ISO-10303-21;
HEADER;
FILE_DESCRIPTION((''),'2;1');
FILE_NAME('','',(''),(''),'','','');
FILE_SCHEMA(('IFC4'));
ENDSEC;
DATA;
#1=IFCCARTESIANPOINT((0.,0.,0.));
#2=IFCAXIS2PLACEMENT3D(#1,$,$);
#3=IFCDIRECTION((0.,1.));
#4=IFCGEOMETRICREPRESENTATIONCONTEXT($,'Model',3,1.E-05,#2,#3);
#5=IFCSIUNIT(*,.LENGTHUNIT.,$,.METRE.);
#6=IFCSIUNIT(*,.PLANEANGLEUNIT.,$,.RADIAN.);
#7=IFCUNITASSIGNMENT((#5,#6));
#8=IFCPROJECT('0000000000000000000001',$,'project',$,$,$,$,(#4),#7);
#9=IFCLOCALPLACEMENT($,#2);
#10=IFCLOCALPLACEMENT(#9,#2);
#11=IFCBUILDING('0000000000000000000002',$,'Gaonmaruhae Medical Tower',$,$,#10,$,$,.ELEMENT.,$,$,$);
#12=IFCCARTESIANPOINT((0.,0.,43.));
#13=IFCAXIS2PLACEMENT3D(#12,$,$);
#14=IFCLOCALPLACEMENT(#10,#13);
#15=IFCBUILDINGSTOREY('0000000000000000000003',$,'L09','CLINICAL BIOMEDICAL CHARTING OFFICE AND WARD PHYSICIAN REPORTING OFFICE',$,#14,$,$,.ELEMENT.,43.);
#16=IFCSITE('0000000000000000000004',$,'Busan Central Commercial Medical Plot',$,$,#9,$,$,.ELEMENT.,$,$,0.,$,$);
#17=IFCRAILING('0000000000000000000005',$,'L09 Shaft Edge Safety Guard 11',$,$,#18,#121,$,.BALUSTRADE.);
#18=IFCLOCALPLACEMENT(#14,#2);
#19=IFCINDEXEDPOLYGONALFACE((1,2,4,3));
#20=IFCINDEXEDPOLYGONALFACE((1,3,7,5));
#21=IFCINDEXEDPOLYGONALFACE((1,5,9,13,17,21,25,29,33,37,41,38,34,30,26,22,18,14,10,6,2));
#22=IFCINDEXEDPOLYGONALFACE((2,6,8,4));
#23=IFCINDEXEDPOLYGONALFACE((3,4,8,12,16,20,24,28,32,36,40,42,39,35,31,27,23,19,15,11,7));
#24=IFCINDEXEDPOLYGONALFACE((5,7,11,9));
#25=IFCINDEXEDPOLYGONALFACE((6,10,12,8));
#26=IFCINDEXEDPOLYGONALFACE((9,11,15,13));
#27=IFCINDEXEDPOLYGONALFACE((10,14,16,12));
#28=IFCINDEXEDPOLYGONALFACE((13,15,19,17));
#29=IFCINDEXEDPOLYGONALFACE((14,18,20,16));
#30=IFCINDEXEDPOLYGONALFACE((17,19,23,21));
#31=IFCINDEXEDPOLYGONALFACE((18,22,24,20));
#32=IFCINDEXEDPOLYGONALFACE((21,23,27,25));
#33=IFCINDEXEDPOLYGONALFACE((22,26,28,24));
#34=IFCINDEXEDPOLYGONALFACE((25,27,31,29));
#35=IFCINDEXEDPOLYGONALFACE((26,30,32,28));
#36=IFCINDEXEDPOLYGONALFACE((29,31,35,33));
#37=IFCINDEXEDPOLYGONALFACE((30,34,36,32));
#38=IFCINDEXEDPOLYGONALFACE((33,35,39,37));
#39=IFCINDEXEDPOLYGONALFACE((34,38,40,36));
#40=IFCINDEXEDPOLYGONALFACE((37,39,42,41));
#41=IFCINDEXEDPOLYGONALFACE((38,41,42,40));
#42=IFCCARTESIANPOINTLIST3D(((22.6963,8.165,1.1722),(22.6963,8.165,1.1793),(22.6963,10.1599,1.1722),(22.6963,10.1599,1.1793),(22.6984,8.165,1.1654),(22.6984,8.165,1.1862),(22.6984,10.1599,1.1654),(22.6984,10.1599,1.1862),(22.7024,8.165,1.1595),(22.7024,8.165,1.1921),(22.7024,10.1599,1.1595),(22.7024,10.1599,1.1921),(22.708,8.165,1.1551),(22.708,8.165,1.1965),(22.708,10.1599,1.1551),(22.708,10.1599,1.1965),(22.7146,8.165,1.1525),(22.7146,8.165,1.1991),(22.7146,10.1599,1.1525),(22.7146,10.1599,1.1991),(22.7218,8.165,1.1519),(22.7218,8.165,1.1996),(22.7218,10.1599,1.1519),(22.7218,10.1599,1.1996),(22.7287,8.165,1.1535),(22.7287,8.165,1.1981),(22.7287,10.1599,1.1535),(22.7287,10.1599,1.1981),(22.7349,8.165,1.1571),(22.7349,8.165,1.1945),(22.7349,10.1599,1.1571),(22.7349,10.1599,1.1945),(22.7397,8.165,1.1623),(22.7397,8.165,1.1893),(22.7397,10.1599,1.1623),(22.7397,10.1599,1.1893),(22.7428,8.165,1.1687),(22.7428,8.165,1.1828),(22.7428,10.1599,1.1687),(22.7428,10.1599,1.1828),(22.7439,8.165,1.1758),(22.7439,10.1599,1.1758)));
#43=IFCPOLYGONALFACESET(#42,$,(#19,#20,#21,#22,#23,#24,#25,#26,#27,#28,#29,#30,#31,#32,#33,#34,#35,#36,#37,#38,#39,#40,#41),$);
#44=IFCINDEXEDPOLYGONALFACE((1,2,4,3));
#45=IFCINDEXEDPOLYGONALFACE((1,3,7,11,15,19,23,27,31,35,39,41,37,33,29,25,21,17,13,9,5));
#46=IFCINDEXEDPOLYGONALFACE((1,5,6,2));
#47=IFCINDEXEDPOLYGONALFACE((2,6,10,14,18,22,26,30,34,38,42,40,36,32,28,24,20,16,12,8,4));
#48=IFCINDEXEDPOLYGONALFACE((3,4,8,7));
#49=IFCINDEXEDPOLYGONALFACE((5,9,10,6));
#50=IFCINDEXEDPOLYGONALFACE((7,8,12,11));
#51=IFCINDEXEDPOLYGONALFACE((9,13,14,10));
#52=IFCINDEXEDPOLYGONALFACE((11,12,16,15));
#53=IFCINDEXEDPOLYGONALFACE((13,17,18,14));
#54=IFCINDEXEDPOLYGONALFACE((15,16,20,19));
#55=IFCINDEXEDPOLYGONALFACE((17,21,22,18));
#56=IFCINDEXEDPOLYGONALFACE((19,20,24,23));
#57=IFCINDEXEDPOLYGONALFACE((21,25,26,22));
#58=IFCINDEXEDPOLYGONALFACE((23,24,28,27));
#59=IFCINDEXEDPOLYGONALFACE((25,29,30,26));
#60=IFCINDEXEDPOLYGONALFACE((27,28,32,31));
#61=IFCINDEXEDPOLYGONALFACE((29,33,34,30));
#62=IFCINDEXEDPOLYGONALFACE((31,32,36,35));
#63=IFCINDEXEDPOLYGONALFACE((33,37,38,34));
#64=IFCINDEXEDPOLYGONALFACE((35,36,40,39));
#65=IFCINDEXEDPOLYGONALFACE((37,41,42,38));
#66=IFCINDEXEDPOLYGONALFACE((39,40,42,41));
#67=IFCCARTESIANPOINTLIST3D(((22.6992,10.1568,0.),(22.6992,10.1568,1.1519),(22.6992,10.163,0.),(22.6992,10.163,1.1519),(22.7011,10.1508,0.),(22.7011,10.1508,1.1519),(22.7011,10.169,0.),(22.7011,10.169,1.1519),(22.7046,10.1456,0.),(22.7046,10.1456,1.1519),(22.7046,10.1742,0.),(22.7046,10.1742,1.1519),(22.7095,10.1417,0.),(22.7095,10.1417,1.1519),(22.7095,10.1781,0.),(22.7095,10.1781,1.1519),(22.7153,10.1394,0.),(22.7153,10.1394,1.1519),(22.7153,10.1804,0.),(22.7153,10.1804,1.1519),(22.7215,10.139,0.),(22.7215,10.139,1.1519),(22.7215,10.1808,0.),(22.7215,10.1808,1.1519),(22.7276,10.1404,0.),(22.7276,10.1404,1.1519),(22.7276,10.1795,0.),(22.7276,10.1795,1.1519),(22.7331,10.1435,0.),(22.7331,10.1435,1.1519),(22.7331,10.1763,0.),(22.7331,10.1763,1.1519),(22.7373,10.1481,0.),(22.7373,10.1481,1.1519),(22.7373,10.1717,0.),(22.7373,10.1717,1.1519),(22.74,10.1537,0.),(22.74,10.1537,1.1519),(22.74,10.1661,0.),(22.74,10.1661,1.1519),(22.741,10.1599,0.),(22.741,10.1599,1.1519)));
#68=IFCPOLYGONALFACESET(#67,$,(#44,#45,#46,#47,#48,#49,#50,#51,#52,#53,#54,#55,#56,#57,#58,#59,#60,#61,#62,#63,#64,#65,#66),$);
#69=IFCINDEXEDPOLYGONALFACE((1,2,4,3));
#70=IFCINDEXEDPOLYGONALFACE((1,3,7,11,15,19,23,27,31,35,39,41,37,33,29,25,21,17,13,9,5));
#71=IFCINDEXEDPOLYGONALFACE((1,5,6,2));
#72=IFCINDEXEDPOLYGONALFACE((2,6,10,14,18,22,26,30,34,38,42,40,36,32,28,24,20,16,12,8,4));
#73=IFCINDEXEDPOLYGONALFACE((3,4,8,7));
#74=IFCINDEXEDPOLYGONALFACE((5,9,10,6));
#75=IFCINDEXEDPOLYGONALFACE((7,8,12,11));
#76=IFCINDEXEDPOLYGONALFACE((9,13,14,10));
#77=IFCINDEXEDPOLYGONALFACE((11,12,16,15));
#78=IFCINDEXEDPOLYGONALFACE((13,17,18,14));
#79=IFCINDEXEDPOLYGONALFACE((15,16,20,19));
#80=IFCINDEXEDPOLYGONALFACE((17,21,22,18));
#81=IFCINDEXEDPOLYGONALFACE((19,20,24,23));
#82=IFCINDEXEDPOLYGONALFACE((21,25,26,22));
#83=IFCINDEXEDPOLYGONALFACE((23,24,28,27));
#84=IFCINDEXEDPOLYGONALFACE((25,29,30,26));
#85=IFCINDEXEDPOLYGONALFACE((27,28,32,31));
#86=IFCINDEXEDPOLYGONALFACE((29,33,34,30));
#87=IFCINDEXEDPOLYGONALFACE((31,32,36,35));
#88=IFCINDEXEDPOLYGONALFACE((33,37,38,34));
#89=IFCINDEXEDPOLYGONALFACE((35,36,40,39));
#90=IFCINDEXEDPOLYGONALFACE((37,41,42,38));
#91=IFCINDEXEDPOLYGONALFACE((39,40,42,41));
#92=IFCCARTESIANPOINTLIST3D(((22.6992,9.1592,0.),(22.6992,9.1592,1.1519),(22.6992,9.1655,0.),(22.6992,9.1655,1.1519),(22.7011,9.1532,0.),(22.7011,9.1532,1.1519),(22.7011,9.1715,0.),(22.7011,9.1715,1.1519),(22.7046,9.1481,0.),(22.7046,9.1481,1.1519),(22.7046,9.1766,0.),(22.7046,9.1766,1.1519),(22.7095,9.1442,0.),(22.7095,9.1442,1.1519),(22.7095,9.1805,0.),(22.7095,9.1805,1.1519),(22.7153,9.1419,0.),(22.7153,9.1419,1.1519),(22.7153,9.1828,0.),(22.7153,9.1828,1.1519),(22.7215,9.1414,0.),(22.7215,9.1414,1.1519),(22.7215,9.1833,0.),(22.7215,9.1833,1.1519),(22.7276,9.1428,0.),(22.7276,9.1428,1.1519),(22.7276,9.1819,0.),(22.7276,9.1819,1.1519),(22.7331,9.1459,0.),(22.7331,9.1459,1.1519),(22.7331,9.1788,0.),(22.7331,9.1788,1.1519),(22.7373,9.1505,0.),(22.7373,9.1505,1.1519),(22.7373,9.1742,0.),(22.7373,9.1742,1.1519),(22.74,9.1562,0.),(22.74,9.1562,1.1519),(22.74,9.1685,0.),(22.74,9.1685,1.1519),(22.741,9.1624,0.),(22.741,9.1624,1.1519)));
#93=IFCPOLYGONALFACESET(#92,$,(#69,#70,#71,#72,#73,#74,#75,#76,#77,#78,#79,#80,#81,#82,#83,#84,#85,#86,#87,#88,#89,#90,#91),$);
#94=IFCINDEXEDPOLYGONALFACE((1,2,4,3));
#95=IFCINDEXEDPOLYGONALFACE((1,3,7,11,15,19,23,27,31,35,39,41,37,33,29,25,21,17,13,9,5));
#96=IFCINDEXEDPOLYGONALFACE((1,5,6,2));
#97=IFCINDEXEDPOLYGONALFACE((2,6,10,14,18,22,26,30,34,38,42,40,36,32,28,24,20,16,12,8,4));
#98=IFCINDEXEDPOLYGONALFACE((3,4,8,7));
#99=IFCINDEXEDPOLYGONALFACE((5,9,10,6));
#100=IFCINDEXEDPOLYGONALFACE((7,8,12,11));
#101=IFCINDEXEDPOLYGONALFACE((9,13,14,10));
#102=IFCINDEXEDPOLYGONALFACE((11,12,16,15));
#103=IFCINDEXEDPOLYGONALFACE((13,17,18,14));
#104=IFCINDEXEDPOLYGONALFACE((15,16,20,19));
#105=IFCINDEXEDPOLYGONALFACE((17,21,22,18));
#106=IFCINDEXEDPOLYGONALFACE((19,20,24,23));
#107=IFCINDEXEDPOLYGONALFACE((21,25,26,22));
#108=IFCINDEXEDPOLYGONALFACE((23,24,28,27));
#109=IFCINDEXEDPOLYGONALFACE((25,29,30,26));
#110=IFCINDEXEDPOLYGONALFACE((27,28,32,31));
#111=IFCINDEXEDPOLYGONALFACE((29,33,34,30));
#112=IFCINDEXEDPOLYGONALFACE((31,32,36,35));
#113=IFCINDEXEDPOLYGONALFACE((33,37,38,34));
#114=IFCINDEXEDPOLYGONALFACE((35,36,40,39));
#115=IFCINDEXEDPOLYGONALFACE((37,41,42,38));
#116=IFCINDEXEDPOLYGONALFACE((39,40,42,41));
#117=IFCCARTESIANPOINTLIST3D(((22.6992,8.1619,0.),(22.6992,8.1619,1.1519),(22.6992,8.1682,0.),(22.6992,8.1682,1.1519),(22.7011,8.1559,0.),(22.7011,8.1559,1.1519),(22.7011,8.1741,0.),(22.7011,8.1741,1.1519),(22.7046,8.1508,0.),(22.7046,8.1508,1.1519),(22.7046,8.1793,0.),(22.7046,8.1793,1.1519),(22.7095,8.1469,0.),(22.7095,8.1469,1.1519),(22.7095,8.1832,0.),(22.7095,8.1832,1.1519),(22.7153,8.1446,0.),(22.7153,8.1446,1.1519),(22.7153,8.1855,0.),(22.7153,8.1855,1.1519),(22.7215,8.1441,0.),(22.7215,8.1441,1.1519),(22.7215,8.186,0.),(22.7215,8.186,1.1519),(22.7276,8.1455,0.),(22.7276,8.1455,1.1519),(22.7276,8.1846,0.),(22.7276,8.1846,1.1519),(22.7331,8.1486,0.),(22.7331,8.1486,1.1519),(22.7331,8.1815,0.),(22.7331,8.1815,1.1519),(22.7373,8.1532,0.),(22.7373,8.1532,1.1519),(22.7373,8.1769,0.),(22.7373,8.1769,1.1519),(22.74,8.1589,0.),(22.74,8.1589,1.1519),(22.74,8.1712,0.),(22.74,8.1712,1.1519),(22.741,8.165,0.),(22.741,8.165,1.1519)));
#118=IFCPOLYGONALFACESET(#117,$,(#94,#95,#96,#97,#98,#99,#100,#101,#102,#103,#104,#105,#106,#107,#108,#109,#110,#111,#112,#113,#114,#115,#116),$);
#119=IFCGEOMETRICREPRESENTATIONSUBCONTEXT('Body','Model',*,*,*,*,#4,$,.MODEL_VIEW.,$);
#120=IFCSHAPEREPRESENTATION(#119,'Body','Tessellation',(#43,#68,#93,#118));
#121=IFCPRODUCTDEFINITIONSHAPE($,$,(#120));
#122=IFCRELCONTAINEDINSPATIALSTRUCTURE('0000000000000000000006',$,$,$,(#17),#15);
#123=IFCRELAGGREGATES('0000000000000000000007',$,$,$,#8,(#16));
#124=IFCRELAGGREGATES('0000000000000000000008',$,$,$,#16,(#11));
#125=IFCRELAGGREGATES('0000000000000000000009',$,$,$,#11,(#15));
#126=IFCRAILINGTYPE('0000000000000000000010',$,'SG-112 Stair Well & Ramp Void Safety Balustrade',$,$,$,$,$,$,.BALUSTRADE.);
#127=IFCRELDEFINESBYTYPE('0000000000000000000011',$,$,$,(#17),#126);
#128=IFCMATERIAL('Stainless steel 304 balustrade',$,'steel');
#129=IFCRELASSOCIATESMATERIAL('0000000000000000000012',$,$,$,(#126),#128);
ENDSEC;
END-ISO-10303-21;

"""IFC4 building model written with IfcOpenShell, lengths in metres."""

from ifc_helpers import new_model, si_unit, direction, frame, origin, origin_2d, place, context, subcontext, project, spatial, circle, extrude, material, type_object, element, save


model = new_model("IFC4")

# Units and contexts
model_context = context("Model", 3, precision=1e-05, world=origin(), true_north=direction((0.0, 1.0)))
body_context = subcontext(model_context, "Body", "Model", "MODEL_VIEW")
ifc_project = project(units=[si_unit("LENGTHUNIT", "METRE"), si_unit("PLANEANGLEUNIT", "RADIAN")], contexts=[model_context])

# Site, building, storey
site_placement = place(None, origin())
site = spatial("IfcSite", under=ifc_project, at=site_placement, Name="Busan Central Commercial Medical Plot", CompositionType="ELEMENT", RefElevation=0.0)
building_placement = place(site_placement, origin())
building = spatial("IfcBuilding", under=site, at=building_placement, Name="Gaonmaruhae Medical Tower", CompositionType="ELEMENT")
storey_placement = place(building_placement, frame((0.0, 0.0, 43.0)))
storey = spatial("IfcBuildingStorey", under=building, at=storey_placement, Name="L09", Description="CLINICAL BIOMEDICAL CHARTING OFFICE AND WARD PHYSICIAN REPORTING OFFICE", CompositionType="ELEMENT", Elevation=43.0)

# Railing
ifc_material_1 = material(Name="Stainless steel 304 balustrade", Category="steel")
railing_type = type_object("IfcRailingType", Name="SG-112 Stair Well & Ramp Void Safety Balustrade", PredefinedType="BALUSTRADE", material=ifc_material_1)
railing_placement = place(storey_placement, frame((22.72, 10.1599, 0.0)))
element("IfcRailing", 1, at=railing_placement, inside=storey, type_object=railing_type, Name="L09 Shaft Edge Safety Guard 11", PredefinedType="BALUSTRADE", context=body_context, shape_type="SweptSolid", body=[
    extrude(circle(Radius=0.0239, at=origin_2d()), frame((0.0, 0.0, 1.1758), z_axis=(0.0, -1.0, 0.0), x_axis=(1.0, 0.0, 0.0)), (0.0, 0.0, 1.0), 1.9949),
    extrude(circle(Radius=0.021, at=origin_2d()), origin(), (0.0, 0.0, 1.0), 1.1519),
    extrude(circle(Radius=0.021, at=origin_2d()), frame((0.0, -0.9976, 0.0)), (0.0, 0.0, 1.0), 1.1519),
    extrude(circle(Radius=0.021, at=origin_2d()), frame((0.0, -1.9949, 0.0)), (0.0, 0.0, 1.0), 1.1519),
])

save(model, "model.ifc")
